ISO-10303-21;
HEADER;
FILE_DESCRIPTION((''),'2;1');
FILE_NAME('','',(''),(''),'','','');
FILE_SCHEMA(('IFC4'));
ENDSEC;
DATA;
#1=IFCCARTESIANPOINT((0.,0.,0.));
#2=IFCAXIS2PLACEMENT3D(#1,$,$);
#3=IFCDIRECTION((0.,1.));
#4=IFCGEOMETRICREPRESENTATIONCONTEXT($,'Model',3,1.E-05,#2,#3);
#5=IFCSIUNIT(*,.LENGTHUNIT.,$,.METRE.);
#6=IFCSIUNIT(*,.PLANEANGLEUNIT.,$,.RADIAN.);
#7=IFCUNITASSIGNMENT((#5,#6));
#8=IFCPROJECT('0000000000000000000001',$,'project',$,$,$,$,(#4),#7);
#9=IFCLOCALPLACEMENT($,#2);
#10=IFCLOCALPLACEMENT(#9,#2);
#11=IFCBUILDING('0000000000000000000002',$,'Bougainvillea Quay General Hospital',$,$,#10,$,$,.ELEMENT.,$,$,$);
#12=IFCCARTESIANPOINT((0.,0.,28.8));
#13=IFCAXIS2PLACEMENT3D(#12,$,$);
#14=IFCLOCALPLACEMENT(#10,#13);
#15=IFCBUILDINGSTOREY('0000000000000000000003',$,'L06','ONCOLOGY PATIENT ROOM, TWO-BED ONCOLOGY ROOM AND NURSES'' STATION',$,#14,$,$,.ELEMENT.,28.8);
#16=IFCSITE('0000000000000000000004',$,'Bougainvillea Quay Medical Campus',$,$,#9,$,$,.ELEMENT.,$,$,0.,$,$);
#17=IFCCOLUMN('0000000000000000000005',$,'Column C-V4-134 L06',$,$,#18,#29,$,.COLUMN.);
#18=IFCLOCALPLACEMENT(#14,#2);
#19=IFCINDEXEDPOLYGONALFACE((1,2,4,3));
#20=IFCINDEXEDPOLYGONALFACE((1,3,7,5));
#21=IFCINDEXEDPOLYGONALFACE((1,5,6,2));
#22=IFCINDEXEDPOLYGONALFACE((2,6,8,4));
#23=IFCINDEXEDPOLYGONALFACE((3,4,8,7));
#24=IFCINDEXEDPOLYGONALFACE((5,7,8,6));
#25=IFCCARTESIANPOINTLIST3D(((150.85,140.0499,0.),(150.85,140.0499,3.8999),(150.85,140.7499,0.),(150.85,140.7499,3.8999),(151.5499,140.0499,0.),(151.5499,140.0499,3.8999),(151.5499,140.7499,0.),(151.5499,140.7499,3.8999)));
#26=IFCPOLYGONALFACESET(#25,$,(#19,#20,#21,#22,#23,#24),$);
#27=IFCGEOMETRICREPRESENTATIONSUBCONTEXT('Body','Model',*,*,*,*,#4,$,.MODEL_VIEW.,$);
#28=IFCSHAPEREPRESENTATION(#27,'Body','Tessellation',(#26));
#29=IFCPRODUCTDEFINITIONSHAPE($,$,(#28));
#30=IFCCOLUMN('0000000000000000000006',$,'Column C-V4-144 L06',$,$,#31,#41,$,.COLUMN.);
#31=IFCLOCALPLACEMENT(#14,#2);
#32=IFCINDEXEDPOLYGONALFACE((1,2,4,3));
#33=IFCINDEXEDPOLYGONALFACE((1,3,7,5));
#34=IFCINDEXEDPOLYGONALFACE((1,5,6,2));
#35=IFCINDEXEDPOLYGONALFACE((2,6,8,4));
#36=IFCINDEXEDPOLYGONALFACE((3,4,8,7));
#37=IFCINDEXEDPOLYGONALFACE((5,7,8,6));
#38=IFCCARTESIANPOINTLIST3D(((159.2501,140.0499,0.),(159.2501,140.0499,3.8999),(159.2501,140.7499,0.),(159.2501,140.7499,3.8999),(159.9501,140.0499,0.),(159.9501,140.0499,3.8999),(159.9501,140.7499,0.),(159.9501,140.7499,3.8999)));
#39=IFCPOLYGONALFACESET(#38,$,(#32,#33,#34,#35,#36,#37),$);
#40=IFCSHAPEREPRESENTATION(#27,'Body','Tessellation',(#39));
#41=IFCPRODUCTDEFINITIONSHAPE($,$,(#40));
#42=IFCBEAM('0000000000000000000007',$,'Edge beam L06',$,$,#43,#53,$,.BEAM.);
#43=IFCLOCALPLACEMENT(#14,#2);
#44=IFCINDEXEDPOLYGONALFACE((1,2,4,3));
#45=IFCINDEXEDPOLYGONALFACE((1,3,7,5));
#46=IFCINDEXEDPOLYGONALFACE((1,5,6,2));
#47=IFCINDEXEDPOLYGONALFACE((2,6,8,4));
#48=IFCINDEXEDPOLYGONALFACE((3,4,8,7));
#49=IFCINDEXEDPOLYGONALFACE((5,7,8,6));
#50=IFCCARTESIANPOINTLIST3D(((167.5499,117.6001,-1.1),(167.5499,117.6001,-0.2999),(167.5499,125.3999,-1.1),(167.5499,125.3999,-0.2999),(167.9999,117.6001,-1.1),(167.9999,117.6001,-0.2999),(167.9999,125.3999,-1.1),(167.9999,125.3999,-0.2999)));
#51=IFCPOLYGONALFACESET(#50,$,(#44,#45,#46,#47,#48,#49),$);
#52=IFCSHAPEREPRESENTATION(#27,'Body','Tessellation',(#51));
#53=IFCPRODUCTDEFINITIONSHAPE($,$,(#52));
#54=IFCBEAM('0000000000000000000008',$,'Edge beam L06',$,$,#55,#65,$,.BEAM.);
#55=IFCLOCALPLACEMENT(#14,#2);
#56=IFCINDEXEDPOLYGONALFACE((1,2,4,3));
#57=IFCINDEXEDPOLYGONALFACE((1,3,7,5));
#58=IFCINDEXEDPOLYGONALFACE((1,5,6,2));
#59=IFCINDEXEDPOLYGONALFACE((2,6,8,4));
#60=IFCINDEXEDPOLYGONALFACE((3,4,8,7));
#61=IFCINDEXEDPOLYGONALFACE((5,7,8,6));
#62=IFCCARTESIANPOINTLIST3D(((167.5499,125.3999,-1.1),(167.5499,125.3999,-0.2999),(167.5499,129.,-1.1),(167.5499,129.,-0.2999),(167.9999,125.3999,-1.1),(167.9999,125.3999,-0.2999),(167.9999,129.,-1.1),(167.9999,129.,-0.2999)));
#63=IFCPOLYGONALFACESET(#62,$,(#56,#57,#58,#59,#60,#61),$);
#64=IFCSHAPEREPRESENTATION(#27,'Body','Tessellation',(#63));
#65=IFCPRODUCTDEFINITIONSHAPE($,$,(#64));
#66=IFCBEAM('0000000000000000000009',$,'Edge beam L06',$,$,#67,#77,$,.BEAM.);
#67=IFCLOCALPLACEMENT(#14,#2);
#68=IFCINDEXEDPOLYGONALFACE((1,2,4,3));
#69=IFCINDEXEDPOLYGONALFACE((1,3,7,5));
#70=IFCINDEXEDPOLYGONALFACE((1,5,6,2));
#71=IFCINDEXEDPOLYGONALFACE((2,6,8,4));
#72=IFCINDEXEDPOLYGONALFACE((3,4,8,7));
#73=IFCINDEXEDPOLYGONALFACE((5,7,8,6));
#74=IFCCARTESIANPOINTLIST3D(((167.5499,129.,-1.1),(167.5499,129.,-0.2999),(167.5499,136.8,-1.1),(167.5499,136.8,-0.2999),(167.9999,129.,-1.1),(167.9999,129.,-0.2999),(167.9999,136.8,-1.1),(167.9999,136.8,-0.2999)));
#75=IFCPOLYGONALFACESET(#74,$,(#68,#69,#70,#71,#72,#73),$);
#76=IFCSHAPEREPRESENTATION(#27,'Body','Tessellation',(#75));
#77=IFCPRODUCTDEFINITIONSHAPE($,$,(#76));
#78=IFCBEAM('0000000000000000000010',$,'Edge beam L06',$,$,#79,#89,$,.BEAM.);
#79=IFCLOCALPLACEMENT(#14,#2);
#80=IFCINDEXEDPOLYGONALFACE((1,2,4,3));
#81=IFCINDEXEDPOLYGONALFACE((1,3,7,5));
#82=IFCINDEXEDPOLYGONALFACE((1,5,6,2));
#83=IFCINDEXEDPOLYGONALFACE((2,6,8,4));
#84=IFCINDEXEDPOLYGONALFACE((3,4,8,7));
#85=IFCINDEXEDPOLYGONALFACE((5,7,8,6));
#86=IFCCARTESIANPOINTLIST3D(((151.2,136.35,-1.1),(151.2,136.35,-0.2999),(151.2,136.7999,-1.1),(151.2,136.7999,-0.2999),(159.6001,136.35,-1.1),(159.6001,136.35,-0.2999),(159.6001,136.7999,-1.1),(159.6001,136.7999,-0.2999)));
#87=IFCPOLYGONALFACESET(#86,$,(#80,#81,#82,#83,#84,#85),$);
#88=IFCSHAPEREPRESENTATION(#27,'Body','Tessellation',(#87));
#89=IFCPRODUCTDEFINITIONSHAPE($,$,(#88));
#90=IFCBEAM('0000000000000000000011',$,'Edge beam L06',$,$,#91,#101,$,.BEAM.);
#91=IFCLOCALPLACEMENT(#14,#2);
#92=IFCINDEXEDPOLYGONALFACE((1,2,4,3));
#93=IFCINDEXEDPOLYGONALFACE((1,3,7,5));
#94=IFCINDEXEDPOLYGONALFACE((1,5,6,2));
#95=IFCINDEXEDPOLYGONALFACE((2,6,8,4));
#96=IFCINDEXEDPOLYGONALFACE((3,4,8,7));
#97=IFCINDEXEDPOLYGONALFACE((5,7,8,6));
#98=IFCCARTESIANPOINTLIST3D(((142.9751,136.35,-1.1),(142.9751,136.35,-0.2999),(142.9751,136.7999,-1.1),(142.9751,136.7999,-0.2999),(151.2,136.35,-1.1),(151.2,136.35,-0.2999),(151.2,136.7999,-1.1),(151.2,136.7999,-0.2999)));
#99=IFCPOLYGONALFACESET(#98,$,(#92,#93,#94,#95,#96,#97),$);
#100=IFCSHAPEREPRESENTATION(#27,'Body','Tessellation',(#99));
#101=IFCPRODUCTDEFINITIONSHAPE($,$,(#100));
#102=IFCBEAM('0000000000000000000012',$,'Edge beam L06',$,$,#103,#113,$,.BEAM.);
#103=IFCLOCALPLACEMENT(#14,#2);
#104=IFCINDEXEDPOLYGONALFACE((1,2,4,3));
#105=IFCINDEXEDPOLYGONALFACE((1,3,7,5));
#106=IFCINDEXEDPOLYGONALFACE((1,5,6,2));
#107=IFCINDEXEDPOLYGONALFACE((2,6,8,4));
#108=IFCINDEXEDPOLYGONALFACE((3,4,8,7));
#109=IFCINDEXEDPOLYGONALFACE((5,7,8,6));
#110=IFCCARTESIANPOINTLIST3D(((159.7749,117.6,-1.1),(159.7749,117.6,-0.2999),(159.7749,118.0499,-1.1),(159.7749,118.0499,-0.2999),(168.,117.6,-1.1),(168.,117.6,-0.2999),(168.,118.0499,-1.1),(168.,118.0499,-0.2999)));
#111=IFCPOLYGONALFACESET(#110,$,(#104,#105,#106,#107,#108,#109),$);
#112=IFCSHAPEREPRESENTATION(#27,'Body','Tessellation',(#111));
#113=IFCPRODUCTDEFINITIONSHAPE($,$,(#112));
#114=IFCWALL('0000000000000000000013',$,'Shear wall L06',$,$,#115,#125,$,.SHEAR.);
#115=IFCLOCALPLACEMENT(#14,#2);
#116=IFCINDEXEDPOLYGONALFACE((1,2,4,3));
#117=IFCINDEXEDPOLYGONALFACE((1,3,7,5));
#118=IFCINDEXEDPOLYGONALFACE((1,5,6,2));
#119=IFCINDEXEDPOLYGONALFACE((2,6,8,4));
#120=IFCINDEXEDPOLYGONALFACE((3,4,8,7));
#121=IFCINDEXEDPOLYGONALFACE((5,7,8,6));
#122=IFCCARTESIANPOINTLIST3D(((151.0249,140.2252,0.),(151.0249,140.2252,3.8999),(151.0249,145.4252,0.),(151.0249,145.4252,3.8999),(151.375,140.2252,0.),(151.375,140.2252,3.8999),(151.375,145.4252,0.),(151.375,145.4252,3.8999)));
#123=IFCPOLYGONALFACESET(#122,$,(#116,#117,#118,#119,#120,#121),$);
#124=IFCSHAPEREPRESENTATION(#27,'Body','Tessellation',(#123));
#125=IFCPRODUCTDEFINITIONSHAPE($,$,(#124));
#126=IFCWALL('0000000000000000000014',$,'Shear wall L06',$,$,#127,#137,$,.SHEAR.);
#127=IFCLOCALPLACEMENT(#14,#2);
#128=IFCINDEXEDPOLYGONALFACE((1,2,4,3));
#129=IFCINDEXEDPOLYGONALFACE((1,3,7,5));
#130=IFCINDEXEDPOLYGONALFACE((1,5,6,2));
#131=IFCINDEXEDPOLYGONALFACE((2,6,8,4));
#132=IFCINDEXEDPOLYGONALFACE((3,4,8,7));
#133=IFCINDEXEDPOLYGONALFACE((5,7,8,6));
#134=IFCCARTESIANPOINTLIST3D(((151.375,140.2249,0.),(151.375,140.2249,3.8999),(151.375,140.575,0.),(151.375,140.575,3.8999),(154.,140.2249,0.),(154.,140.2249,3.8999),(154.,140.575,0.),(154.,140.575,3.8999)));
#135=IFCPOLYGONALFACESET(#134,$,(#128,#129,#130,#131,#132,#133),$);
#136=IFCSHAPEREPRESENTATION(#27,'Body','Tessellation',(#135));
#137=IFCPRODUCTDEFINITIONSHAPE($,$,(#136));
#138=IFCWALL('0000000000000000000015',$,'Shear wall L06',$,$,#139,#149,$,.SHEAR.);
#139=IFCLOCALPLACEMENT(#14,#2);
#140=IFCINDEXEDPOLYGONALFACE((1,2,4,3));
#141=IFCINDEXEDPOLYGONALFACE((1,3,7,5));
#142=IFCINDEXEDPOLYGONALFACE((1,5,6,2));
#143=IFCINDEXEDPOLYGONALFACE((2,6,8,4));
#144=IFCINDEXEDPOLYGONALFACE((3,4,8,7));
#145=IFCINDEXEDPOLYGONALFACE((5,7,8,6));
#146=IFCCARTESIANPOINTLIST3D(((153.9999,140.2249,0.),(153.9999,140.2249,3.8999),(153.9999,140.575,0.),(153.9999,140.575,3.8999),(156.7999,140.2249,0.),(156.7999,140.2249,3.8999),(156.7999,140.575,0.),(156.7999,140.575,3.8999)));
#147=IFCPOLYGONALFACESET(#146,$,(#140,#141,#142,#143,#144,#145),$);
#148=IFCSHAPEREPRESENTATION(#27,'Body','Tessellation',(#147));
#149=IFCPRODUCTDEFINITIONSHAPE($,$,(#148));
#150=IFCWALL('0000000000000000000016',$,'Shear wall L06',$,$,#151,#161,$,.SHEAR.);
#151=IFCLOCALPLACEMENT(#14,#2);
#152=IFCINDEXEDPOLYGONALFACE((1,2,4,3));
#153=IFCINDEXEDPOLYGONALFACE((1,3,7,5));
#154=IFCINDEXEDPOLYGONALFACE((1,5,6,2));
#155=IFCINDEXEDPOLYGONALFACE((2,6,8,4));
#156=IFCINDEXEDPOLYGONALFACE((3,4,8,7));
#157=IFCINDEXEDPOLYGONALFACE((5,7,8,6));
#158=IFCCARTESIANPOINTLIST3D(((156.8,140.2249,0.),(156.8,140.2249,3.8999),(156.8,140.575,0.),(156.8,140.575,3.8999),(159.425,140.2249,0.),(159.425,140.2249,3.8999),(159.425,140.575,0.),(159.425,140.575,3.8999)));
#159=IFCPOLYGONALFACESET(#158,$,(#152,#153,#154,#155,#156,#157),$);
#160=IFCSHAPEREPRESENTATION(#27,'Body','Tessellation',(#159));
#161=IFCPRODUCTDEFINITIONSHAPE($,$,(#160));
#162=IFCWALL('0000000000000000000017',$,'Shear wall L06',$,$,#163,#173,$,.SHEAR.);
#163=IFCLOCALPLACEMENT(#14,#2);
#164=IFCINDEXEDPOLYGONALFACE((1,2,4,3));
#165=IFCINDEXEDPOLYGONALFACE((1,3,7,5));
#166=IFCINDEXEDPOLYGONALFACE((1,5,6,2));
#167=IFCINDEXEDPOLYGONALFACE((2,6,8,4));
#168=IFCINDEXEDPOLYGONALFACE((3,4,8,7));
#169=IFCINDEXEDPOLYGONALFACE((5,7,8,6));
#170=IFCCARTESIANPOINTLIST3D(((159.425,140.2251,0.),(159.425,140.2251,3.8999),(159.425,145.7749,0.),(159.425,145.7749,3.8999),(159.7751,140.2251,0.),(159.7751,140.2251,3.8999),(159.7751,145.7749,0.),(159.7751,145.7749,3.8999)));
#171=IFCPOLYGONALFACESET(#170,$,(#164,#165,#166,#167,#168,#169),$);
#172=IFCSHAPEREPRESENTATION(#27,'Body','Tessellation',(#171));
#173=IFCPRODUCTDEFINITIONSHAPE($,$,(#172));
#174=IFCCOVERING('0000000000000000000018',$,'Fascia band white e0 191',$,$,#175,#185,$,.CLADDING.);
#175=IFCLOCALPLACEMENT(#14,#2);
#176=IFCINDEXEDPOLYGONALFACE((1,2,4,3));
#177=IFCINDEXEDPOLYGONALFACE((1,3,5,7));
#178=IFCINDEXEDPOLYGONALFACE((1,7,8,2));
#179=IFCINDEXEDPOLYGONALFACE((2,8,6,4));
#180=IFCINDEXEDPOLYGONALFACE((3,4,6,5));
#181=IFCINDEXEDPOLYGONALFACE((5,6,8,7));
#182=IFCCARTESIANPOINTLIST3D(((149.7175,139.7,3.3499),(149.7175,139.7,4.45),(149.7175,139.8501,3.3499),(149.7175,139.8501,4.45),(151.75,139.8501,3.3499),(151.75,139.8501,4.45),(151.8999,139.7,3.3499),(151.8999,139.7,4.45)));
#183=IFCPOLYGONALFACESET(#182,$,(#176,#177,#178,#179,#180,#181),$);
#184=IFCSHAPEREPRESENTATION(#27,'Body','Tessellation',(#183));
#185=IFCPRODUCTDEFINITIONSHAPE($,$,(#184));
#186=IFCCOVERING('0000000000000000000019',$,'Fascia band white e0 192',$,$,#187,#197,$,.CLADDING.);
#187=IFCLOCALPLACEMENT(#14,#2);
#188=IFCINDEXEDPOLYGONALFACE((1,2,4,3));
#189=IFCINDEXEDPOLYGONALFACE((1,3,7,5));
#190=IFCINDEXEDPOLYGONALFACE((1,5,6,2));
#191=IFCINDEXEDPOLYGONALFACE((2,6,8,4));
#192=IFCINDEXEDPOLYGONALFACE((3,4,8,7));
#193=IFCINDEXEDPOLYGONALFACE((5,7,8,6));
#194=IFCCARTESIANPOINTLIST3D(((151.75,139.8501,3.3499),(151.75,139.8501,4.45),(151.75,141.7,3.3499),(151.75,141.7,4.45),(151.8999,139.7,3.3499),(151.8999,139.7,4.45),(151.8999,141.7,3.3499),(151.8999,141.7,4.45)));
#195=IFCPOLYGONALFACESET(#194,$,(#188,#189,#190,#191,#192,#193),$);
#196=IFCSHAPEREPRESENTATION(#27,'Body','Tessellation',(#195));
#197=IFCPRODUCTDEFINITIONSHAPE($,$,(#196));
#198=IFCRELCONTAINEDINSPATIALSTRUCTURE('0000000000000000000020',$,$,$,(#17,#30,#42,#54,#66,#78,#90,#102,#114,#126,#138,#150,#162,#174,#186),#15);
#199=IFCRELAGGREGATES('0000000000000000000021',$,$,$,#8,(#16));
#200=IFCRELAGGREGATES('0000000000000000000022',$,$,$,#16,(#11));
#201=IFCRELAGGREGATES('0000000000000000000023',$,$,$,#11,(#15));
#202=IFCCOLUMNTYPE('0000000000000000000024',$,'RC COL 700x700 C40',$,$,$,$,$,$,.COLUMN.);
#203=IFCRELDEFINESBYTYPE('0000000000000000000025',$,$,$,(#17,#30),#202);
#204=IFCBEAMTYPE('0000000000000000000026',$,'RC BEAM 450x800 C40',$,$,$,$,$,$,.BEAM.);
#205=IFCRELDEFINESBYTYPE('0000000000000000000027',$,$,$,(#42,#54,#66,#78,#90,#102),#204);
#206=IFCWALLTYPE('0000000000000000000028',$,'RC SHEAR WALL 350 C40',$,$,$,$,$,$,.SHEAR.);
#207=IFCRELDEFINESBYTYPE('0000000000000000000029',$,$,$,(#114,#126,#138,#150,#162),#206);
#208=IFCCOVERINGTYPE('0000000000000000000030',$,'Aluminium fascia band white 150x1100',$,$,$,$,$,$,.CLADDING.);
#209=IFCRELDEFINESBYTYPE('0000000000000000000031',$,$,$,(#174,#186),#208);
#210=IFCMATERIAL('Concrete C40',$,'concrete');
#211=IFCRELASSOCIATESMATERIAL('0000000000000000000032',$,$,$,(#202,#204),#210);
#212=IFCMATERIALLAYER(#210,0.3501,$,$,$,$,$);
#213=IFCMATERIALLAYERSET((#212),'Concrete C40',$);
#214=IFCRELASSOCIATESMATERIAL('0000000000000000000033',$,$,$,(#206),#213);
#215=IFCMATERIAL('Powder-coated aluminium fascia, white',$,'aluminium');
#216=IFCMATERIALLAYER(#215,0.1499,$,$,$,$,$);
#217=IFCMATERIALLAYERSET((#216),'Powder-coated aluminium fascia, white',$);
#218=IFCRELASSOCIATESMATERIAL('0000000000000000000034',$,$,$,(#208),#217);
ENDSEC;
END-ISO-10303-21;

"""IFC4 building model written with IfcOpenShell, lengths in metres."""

from ifc_helpers import new_model, si_unit, direction, frame, frame_2d, origin, origin_2d, place, context, subcontext, project, spatial, polyline, rectangle, outline, extrude, material, layer, layer_set, material_profile, profile_set, type_object, element, save


model = new_model("IFC4")

# Units and contexts
model_context = context("Model", 3, precision=1e-05, world=origin(), true_north=direction((0.0, 1.0)))
body_context = subcontext(model_context, "Body", "Model", "MODEL_VIEW")
ifc_project = project(units=[si_unit("LENGTHUNIT", "METRE"), si_unit("PLANEANGLEUNIT", "RADIAN")], contexts=[model_context])

# Site, building, storey
site_placement = place(None, origin())
site = spatial("IfcSite", under=ifc_project, at=site_placement, Name="Bougainvillea Quay Medical Campus", CompositionType="ELEMENT", RefElevation=0.0)
building_placement = place(site_placement, origin())
building = spatial("IfcBuilding", under=site, at=building_placement, Name="Bougainvillea Quay General Hospital", CompositionType="ELEMENT")
storey_placement = place(building_placement, frame((0.0, 0.0, 28.8)))
storey = spatial("IfcBuildingStorey", under=building, at=storey_placement, Name="L06", Description="ONCOLOGY PATIENT ROOM, TWO-BED ONCOLOGY ROOM AND NURSES' STATION", CompositionType="ELEMENT", Elevation=28.8)

# Columns
ifc_material_1 = material(Name="Concrete C40", Category="concrete")
ifc_material_profile_1 = material_profile(ifc_material_1, rectangle(XDim=0.7, YDim=0.7, at=origin_2d()))
ifc_profile_set_1 = profile_set([ifc_material_profile_1], Name="Concrete C40")
column_type = type_object("IfcColumnType", Name="RC COL 700x700 C40", PredefinedType="COLUMN", material=ifc_profile_set_1)
for number, where, z_axis, x_axis, name in (
    (1, (151.2, 140.3999, 0.0), (0.0, 0.0, 1.0), (1.0, 0.0, 0.0), "Column C-V4-134 L06"),
    (2, (159.6001, 140.3999, 0.0), (0.0, 0.0, 1.0), (1.0, 0.0, 0.0), "Column C-V4-144 L06"),
):
    element("IfcColumn", number, at=place(storey_placement, frame(where, z_axis=z_axis, x_axis=x_axis)), inside=storey, type_object=column_type, Name=name, PredefinedType="COLUMN", context=body_context, shape_type="SweptSolid", body=[
        extrude(rectangle(XDim=0.7, YDim=0.7, at=origin_2d()), origin(), (0.0, 0.0, 1.0), 3.8999),
    ])

# Beams
ifc_material_profile_2 = material_profile(ifc_material_1, rectangle(XDim=0.45, YDim=0.8, at=origin_2d()))
ifc_profile_set_2 = profile_set([ifc_material_profile_2], Name="Concrete C40")
beam_type = type_object("IfcBeamType", Name="RC BEAM 450x800 C40", PredefinedType="BEAM", material=ifc_profile_set_2)
beam_1_placement = place(storey_placement, frame((167.7749, 117.6001, -0.7), z_axis=(0.0, 1.0, 0.0), x_axis=(-1.0, 0.0, 0.0)))
element("IfcBeam", 3, at=beam_1_placement, inside=storey, type_object=beam_type, Name="Edge beam L06", PredefinedType="BEAM", context=body_context, shape_type="SweptSolid", body=[
    extrude(rectangle(XDim=0.45, YDim=0.8, at=origin_2d()), origin(), (0.0, 0.0, 1.0), 7.7998),
])
beam_2_placement = place(storey_placement, frame((167.7749, 125.3999, -0.7), z_axis=(0.0, 1.0, 0.0), x_axis=(-1.0, 0.0, 0.0)))
element("IfcBeam", 4, at=beam_2_placement, inside=storey, type_object=beam_type, Name="Edge beam L06", PredefinedType="BEAM", context=body_context, shape_type="SweptSolid", body=[
    extrude(rectangle(XDim=0.45, YDim=0.8, at=origin_2d()), origin(), (0.0, 0.0, 1.0), 3.6001),
])
beam_3_placement = place(storey_placement, frame((167.7749, 129.0, -0.7), z_axis=(0.0, 1.0, 0.0), x_axis=(-1.0, 0.0, 0.0)))
element("IfcBeam", 5, at=beam_3_placement, inside=storey, type_object=beam_type, Name="Edge beam L06", PredefinedType="BEAM", context=body_context, shape_type="SweptSolid", body=[
    extrude(rectangle(XDim=0.45, YDim=0.8, at=origin_2d()), origin(), (0.0, 0.0, 1.0), 7.8),
])
beam_4_placement = place(storey_placement, frame((159.6001, 136.575, -0.7), z_axis=(-1.0, 0.0, 0.0), x_axis=(0.0, -1.0, 0.0)))
element("IfcBeam", 6, at=beam_4_placement, inside=storey, type_object=beam_type, Name="Edge beam L06", PredefinedType="BEAM", context=body_context, shape_type="SweptSolid", body=[
    extrude(rectangle(XDim=0.45, YDim=0.8, at=origin_2d()), origin(), (0.0, 0.0, 1.0), 8.4001),
])
beam_5_placement = place(storey_placement, frame((151.2, 136.575, -0.7), z_axis=(-1.0, 0.0, 0.0), x_axis=(0.0, -1.0, 0.0)))
element("IfcBeam", 7, at=beam_5_placement, inside=storey, type_object=beam_type, Name="Edge beam L06", PredefinedType="BEAM", context=body_context, shape_type="SweptSolid", body=[
    extrude(rectangle(XDim=0.45, YDim=0.8, at=origin_2d()), origin(), (0.0, 0.0, 1.0), 8.2249),
])
beam_6_placement = place(storey_placement, frame((159.7749, 117.825, -0.7), z_axis=(1.0, 0.0, 0.0), x_axis=(0.0, 1.0, 0.0)))
element("IfcBeam", 8, at=beam_6_placement, inside=storey, type_object=beam_type, Name="Edge beam L06", PredefinedType="BEAM", context=body_context, shape_type="SweptSolid", body=[
    extrude(rectangle(XDim=0.45, YDim=0.8, at=origin_2d()), origin(), (0.0, 0.0, 1.0), 8.2251),
])

# Walls
ifc_layer_1 = layer(ifc_material_1, 0.3501)
ifc_layer_set_1 = layer_set([ifc_layer_1], Name="Concrete C40")
wall_type = type_object("IfcWallType", Name="RC SHEAR WALL 350 C40", PredefinedType="SHEAR", material=ifc_layer_set_1)
wall_1_placement = place(storey_placement, frame((151.2, 140.2251, 0.0), z_axis=(0.0, 0.0, 1.0), x_axis=(0.0, 1.0, 0.0)))
element("IfcWall", 9, at=wall_1_placement, inside=storey, type_object=wall_type, Name="Shear wall L06", PredefinedType="SHEAR", context=body_context, shape_type="SweptSolid", body=[
    extrude(rectangle(XDim=5.2, YDim=0.3501, at=frame_2d((2.6001, 0.0))), origin(), (0.0, 0.0, 1.0), 3.8999),
])
wall_2_placement = place(storey_placement, frame((151.375, 140.3999, 0.0), z_axis=(0.0, 0.0, 1.0), x_axis=(1.0, 0.0, 0.0)))
element("IfcWall", 10, at=wall_2_placement, inside=storey, type_object=wall_type, Name="Shear wall L06", PredefinedType="SHEAR", context=body_context, shape_type="SweptSolid", body=[
    extrude(rectangle(XDim=2.625, YDim=0.3501, at=frame_2d((1.3125, 0.0))), origin(), (0.0, 0.0, 1.0), 3.8999),
])
wall_3_placement = place(storey_placement, frame((154.0, 140.3999, 0.0), z_axis=(0.0, 0.0, 1.0), x_axis=(1.0, 0.0, 0.0)))
element("IfcWall", 11, at=wall_3_placement, inside=storey, type_object=wall_type, Name="Shear wall L06", PredefinedType="SHEAR", context=body_context, shape_type="SweptSolid", body=[
    extrude(rectangle(XDim=2.8, YDim=0.3501, at=frame_2d((1.3999, 0.0))), origin(), (0.0, 0.0, 1.0), 3.8999),
])
wall_4_placement = place(storey_placement, frame((156.8, 140.3999, 0.0), z_axis=(0.0, 0.0, 1.0), x_axis=(1.0, 0.0, 0.0)))
element("IfcWall", 12, at=wall_4_placement, inside=storey, type_object=wall_type, Name="Shear wall L06", PredefinedType="SHEAR", context=body_context, shape_type="SweptSolid", body=[
    extrude(rectangle(XDim=2.625, YDim=0.3501, at=frame_2d((1.3125, 0.0))), origin(), (0.0, 0.0, 1.0), 3.8999),
])
wall_5_placement = place(storey_placement, frame((159.6001, 140.2251, 0.0), z_axis=(0.0, 0.0, 1.0), x_axis=(0.0, 1.0, 0.0)))
element("IfcWall", 13, at=wall_5_placement, inside=storey, type_object=wall_type, Name="Shear wall L06", PredefinedType="SHEAR", context=body_context, shape_type="SweptSolid", body=[
    extrude(rectangle(XDim=5.5498, YDim=0.3501, at=frame_2d((2.7749, 0.0))), origin(), (0.0, 0.0, 1.0), 3.8999),
])

# Coverings
ifc_material_2 = material(Name="Powder-coated aluminium fascia, white", Category="aluminium")
ifc_layer_2 = layer(ifc_material_2, 0.1499)
ifc_layer_set_2 = layer_set([ifc_layer_2], Name="Powder-coated aluminium fascia, white")
covering_type = type_object("IfcCoveringType", Name="Aluminium fascia band white 150x1100", PredefinedType="CLADDING", material=ifc_layer_set_2)
covering_1_placement = place(storey_placement, frame((149.7175, 139.8501, 3.3499), z_axis=(0.0, 0.0, 1.0), x_axis=(1.0, 0.0, 0.0)))
element("IfcCovering", 14, at=covering_1_placement, inside=storey, type_object=covering_type, Name="Fascia band white e0 191", PredefinedType="CLADDING", context=body_context, shape_type="SweptSolid", body=[
    extrude(outline(polyline([(0.0, 0.0), (2.0325, 0.0), (2.1824, -0.1501), (0.0, -0.1501), (0.0, 0.0)])), origin(), (0.0, 0.0, 1.0), 1.1001),
])
covering_2_placement = place(storey_placement, frame((151.75, 139.8501, 3.3499), z_axis=(0.0, 0.0, 1.0), x_axis=(0.0, 1.0, 0.0)))
element("IfcCovering", 15, at=covering_2_placement, inside=storey, type_object=covering_type, Name="Fascia band white e0 192", PredefinedType="CLADDING", context=body_context, shape_type="SweptSolid", body=[
    extrude(outline(polyline([(0.0, 0.0), (1.8499, 0.0), (1.8499, -0.1499), (-0.1501, -0.1499), (0.0, 0.0)])), origin(), (0.0, 0.0, 1.0), 1.1001),
])

save(model, "model.ifc")
